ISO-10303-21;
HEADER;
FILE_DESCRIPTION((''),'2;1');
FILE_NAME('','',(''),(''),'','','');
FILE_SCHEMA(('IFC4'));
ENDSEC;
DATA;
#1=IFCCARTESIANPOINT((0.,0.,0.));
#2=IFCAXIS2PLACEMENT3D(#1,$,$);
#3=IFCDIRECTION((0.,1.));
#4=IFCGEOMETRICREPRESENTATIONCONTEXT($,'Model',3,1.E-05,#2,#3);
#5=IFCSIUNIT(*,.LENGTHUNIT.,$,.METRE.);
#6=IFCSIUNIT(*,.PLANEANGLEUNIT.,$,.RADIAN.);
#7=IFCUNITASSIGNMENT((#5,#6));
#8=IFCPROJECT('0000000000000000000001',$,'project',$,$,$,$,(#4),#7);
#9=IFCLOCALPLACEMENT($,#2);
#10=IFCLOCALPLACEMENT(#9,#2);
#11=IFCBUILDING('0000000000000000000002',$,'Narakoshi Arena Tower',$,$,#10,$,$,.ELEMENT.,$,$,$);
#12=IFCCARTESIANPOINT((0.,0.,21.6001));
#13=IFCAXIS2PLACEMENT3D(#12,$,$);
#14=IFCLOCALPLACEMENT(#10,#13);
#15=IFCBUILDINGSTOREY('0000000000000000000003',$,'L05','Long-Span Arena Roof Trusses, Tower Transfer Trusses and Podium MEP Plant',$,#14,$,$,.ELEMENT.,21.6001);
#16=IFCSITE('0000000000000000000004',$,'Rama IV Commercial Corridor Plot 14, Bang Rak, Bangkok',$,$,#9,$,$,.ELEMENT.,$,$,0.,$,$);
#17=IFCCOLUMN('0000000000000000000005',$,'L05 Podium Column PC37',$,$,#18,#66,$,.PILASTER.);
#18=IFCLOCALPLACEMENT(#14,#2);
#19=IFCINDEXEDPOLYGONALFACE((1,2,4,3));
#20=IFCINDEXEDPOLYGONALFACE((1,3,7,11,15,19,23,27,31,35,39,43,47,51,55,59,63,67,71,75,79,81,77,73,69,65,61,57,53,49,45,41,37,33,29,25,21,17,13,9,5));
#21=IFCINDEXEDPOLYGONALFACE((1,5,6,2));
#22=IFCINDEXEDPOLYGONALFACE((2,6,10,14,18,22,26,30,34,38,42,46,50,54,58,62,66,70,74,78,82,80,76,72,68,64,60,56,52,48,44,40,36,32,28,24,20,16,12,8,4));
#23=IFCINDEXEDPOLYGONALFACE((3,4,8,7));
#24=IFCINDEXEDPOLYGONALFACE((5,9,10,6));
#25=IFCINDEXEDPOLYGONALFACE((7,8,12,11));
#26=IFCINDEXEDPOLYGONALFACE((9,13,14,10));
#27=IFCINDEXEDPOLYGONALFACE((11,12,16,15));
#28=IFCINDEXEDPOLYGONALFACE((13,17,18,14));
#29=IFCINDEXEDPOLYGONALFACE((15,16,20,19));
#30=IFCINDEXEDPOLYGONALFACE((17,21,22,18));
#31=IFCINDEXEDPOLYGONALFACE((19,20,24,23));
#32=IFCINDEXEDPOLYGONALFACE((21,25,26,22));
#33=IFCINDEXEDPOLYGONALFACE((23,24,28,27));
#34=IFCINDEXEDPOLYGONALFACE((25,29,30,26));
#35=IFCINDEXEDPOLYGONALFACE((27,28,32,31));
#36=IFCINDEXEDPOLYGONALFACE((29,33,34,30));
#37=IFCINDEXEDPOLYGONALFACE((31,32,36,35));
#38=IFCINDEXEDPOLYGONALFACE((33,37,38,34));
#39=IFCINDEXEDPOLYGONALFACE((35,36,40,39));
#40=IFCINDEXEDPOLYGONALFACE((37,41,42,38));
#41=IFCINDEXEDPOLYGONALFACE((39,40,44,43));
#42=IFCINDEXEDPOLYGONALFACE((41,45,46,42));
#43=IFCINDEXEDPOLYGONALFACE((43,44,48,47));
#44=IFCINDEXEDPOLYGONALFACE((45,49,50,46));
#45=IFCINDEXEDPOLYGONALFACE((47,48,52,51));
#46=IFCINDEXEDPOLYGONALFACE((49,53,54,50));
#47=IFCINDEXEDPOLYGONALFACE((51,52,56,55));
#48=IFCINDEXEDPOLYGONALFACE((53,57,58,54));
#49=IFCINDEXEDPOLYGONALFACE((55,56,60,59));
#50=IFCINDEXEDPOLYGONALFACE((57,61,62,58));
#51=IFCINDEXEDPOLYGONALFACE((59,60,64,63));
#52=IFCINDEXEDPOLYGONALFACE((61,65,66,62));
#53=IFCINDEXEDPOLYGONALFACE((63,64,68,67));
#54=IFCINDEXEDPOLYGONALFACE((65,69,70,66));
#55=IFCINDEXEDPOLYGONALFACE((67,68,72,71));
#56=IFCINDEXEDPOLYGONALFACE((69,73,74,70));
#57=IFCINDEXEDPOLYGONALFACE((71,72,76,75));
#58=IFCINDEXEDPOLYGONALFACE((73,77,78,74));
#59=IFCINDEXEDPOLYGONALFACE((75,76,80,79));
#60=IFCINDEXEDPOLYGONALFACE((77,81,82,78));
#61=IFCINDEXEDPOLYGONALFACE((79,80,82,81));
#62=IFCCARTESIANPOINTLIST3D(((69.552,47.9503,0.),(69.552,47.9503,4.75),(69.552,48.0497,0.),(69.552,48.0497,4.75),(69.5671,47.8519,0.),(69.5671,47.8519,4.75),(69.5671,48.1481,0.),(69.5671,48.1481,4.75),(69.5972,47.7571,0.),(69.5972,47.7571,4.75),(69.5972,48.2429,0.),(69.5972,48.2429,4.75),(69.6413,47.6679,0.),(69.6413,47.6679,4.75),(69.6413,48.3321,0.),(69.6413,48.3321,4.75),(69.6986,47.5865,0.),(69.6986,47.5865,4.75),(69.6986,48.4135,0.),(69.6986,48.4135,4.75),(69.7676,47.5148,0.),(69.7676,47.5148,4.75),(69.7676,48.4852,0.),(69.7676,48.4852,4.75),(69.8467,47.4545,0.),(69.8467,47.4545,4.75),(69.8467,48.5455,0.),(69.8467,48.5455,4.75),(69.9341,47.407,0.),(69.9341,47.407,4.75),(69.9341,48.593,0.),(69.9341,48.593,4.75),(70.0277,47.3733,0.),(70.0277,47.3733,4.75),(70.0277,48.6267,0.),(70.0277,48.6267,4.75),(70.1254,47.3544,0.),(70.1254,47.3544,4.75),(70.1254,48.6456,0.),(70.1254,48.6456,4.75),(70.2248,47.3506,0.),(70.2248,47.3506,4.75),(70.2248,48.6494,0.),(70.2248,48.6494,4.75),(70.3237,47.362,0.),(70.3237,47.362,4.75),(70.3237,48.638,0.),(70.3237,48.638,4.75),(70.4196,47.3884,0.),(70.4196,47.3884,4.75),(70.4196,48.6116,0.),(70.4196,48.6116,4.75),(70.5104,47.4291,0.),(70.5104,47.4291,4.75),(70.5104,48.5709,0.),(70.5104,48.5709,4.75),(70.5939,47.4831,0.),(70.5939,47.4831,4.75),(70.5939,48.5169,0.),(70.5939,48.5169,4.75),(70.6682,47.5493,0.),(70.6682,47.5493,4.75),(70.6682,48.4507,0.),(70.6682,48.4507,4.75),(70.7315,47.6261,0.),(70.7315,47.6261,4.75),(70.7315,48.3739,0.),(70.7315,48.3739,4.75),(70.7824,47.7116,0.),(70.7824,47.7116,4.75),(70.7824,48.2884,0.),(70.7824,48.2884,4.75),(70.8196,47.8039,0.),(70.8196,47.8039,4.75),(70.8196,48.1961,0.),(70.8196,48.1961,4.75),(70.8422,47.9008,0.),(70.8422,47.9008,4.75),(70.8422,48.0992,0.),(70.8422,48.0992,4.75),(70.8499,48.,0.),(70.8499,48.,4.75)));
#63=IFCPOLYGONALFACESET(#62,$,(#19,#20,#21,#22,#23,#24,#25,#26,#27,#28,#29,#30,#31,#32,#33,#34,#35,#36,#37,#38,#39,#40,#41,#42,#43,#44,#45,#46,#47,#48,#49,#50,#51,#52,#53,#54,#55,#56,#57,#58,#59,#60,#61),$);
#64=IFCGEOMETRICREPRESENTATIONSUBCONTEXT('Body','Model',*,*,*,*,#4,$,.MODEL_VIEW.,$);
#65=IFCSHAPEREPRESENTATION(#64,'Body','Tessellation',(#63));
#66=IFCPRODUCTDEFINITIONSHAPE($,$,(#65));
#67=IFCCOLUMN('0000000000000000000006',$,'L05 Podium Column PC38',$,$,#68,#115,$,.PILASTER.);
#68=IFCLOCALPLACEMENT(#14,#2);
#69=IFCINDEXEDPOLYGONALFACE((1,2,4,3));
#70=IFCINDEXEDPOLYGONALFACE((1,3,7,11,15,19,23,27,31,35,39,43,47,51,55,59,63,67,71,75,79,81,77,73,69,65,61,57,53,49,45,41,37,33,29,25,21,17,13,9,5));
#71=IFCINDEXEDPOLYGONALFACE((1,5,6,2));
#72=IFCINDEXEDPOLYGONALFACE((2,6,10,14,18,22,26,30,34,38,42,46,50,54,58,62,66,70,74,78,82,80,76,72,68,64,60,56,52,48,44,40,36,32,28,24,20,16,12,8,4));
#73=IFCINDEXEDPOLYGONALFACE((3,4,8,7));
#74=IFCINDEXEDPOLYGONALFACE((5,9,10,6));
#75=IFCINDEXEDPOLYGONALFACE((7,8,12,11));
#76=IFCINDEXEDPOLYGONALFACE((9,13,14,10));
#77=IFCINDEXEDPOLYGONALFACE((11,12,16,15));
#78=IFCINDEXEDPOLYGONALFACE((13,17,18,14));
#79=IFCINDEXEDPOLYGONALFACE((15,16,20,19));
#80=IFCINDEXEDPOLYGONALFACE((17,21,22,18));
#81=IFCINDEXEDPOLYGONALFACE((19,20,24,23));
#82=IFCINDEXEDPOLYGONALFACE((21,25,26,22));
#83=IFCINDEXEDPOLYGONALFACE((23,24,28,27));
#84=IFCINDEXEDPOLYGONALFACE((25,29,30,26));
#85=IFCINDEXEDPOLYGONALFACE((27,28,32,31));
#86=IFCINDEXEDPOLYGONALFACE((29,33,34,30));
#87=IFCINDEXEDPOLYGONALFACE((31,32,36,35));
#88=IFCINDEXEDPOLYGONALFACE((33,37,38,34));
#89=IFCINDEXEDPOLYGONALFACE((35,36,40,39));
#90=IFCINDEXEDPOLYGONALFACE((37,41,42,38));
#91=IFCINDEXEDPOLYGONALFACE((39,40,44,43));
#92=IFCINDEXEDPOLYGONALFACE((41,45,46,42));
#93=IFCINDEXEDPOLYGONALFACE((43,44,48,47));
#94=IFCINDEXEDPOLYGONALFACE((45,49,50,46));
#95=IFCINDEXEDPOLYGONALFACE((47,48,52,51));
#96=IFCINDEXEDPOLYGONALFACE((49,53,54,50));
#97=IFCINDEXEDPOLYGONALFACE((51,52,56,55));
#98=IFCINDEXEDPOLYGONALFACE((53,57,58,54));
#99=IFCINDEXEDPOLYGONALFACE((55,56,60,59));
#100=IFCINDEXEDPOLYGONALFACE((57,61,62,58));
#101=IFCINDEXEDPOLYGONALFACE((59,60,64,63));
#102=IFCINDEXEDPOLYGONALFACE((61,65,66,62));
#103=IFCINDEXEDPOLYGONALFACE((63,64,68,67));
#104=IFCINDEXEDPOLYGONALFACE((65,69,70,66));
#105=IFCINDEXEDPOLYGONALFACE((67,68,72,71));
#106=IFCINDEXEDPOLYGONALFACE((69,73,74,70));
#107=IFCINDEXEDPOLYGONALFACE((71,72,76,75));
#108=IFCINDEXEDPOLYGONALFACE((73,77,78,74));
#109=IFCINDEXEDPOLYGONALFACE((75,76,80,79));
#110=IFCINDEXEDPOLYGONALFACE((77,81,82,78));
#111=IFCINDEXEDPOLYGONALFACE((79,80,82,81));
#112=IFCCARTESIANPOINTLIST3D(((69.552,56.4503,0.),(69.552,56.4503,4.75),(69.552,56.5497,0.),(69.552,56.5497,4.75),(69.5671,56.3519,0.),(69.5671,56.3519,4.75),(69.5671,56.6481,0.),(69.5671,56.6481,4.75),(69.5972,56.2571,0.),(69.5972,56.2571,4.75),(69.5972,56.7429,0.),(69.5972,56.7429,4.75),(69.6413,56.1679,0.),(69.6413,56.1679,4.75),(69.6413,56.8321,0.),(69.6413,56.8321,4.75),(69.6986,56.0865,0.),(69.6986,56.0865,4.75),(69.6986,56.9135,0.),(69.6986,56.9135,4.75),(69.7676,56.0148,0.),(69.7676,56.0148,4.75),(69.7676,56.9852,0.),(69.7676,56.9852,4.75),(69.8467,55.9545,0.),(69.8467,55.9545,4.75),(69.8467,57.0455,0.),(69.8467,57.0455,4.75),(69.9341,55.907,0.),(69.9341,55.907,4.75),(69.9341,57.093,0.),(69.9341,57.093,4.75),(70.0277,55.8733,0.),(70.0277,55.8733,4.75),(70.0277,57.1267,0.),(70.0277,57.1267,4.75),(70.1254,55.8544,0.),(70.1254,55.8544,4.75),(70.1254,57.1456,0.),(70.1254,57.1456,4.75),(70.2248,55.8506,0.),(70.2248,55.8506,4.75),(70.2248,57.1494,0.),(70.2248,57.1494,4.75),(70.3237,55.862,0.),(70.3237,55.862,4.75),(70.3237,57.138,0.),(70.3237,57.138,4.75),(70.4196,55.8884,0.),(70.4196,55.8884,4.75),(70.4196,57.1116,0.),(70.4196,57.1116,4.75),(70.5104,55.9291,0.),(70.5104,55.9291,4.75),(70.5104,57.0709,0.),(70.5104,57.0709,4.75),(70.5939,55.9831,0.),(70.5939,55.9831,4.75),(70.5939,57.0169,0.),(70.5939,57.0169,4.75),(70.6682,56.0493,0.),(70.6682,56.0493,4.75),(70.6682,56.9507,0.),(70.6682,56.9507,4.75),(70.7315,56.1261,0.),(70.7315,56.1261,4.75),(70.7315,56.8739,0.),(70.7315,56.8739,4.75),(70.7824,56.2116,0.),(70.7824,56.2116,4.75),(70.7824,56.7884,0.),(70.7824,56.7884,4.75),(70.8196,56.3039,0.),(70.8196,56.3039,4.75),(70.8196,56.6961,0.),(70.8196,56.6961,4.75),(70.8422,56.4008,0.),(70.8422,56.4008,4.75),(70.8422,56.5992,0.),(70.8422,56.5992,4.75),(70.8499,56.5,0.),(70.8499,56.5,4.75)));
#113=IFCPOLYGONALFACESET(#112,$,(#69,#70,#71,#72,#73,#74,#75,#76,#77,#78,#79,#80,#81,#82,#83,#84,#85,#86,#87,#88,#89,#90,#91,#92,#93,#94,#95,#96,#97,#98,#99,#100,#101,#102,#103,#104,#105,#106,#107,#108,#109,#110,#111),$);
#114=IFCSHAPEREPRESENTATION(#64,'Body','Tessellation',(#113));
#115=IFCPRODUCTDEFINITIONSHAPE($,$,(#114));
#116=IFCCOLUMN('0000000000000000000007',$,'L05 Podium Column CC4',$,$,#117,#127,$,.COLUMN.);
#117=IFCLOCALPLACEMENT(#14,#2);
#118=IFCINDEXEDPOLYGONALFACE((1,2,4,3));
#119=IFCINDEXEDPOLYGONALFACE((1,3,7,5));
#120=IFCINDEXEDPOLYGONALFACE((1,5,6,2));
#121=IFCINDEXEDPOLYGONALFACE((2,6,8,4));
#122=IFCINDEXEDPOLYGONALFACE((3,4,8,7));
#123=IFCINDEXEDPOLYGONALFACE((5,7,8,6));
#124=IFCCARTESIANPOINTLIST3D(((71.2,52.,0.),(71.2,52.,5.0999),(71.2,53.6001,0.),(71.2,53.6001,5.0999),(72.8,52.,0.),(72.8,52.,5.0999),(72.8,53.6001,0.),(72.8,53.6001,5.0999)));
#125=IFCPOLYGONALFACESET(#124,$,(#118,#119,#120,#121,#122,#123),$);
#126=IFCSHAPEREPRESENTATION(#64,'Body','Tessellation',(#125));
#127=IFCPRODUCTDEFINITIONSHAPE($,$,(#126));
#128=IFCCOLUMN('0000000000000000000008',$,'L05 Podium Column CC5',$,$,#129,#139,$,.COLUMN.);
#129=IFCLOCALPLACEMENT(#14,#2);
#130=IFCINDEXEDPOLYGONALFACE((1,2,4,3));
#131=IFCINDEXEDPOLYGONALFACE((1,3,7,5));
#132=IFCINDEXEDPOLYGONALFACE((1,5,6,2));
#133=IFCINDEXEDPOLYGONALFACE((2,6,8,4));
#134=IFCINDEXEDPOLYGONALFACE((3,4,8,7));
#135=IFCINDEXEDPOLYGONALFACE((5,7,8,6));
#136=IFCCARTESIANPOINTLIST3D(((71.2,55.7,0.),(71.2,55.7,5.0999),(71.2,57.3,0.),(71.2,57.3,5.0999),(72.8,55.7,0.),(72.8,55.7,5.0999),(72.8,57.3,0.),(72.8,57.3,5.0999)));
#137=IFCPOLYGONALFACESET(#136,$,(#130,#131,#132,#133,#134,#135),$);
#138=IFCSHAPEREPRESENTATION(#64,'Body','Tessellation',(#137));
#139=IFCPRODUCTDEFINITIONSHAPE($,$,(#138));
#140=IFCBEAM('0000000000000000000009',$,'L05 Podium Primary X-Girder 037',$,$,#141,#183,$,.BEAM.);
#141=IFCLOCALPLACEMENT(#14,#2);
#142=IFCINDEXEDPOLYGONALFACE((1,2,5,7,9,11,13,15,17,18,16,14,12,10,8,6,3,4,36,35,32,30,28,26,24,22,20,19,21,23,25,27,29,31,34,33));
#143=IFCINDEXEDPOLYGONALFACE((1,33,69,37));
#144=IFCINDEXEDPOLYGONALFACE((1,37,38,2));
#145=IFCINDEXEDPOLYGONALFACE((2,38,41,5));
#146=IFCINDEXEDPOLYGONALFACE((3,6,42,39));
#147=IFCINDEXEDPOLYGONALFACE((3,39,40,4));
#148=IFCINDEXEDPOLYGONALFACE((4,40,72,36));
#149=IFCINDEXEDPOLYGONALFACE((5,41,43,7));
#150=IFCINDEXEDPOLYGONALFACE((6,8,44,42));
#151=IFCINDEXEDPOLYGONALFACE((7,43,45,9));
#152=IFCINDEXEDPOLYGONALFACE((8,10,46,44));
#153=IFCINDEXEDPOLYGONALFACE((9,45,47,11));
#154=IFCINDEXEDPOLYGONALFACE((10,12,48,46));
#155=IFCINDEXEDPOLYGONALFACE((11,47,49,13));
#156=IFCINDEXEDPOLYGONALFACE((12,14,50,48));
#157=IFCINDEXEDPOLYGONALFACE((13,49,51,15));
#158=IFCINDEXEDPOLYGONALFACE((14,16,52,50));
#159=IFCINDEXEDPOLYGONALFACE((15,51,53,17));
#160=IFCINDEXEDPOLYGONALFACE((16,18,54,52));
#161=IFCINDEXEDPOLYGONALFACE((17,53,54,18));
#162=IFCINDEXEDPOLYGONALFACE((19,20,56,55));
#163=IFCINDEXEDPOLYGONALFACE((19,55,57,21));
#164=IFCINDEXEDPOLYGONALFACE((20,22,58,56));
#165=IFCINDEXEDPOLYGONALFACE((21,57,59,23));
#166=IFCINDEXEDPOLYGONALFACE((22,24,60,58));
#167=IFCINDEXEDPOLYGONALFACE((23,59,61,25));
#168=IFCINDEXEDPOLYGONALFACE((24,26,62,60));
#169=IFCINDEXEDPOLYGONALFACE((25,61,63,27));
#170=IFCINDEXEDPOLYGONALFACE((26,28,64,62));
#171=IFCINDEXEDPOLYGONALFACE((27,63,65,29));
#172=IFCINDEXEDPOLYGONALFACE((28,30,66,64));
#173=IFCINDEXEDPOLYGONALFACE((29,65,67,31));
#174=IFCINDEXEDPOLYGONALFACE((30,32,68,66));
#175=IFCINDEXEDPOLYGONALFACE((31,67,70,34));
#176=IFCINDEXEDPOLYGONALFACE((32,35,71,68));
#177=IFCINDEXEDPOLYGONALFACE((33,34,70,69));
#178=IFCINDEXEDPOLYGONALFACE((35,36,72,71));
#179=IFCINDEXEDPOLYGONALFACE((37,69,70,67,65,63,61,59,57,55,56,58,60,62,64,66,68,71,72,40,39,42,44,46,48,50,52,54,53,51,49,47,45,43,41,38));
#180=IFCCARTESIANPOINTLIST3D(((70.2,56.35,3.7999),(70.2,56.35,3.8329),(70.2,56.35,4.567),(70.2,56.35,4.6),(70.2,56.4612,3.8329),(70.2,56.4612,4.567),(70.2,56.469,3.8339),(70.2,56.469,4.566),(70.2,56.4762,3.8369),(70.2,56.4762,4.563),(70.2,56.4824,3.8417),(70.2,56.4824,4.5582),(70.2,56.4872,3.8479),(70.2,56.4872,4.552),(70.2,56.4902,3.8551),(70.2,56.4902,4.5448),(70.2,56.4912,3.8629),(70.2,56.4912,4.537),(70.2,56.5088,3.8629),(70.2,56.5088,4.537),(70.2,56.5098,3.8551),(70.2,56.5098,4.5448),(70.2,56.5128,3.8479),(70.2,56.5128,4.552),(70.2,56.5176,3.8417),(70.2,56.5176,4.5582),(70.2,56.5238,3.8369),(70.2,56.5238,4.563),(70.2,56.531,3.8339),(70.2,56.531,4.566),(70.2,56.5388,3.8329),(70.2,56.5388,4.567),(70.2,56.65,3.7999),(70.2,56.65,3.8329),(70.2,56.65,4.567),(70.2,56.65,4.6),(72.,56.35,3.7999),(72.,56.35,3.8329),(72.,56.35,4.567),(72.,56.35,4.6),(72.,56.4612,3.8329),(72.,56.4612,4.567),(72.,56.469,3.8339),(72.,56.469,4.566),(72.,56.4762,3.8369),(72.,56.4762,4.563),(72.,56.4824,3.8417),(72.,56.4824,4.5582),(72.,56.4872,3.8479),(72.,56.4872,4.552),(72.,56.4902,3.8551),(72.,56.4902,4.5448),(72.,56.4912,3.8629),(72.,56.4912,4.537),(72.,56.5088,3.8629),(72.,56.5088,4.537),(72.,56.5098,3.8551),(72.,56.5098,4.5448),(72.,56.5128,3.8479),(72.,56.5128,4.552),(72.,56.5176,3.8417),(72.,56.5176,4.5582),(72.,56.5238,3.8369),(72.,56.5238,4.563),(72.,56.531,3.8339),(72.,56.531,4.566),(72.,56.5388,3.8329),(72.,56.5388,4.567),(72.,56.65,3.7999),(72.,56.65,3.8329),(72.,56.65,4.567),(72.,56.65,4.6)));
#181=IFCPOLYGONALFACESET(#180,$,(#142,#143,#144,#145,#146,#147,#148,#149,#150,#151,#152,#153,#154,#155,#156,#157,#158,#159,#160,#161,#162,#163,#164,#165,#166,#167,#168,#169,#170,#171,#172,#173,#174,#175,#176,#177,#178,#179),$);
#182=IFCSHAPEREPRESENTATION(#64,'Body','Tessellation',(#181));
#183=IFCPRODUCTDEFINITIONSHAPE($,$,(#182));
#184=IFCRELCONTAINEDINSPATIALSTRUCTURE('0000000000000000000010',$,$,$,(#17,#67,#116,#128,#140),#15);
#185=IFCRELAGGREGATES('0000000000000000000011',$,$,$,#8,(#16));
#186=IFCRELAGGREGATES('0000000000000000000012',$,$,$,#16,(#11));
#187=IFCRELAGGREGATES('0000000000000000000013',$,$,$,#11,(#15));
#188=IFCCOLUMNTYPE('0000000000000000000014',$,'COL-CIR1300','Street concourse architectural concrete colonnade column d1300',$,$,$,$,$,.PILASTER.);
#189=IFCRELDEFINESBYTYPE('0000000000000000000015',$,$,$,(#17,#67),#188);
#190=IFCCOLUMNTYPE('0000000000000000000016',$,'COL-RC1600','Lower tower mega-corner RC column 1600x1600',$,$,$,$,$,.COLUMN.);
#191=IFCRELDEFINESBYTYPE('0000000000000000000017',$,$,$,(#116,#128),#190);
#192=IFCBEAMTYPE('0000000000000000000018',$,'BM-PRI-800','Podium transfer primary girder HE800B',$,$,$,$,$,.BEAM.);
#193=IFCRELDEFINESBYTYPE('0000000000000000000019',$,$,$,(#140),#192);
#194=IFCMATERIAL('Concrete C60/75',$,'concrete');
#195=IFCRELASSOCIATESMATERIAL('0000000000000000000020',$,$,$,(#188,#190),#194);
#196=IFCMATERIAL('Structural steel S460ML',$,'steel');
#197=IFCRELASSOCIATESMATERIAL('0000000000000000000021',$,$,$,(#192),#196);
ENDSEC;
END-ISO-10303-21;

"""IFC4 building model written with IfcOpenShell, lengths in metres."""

from ifc_helpers import new_model, si_unit, direction, frame, origin, origin_2d, place, context, subcontext, project, spatial, rectangle, circle, i_section, extrude, material, material_profile, profile_set, type_object, element, save


model = new_model("IFC4")

# Units and contexts
model_context = context("Model", 3, precision=1e-05, world=origin(), true_north=direction((0.0, 1.0)))
body_context = subcontext(model_context, "Body", "Model", "MODEL_VIEW")
ifc_project = project(units=[si_unit("LENGTHUNIT", "METRE"), si_unit("PLANEANGLEUNIT", "RADIAN")], contexts=[model_context])

# Site, building, storey
site_placement = place(None, origin())
site = spatial("IfcSite", under=ifc_project, at=site_placement, Name="Rama IV Commercial Corridor Plot 14, Bang Rak, Bangkok", CompositionType="ELEMENT", RefElevation=0.0)
building_placement = place(site_placement, origin())
building = spatial("IfcBuilding", under=site, at=building_placement, Name="Narakoshi Arena Tower", CompositionType="ELEMENT")
storey_placement = place(building_placement, frame((0.0, 0.0, 21.6001)))
storey = spatial("IfcBuildingStorey", under=building, at=storey_placement, Name="L05", Description="Long-Span Arena Roof Trusses, Tower Transfer Trusses and Podium MEP Plant", CompositionType="ELEMENT", Elevation=21.6001)

# Columns
ifc_material_1 = material(Name="Concrete C60/75", Category="concrete")
ifc_material_profile_1 = material_profile(ifc_material_1, circle(Radius=0.6499, at=origin_2d()), Name="RCC1300")
ifc_profile_set_1 = profile_set([ifc_material_profile_1], Name="Concrete C60/75")
column_type_1 = type_object("IfcColumnType", Name="COL-CIR1300", Description="Street concourse architectural concrete colonnade column d1300", PredefinedType="PILASTER", material=ifc_profile_set_1)
for number, where, z_axis, x_axis, name in (
    (1, (70.2, 48.0, 0.0), (0.0, 0.0, 1.0), (1.0, 0.0, 0.0), "L05 Podium Column PC37"),
    (2, (70.2, 56.5, 0.0), (0.0, 0.0, 1.0), (1.0, 0.0, 0.0), "L05 Podium Column PC38"),
):
    element("IfcColumn", number, at=place(storey_placement, frame(where, z_axis=z_axis, x_axis=x_axis)), inside=storey, type_object=column_type_1, Name=name, PredefinedType="PILASTER", context=body_context, shape_type="SweptSolid", body=[
        extrude(circle(Radius=0.6499, at=origin_2d()), origin(), (0.0, 0.0, 1.0), 4.75),
    ])
ifc_material_profile_2 = material_profile(ifc_material_1, rectangle(XDim=1.6001, YDim=1.6001, at=origin_2d()), Name="RC1600x1600")
ifc_profile_set_2 = profile_set([ifc_material_profile_2], Name="Concrete C60/75")
column_type_2 = type_object("IfcColumnType", Name="COL-RC1600", Description="Lower tower mega-corner RC column 1600x1600", PredefinedType="COLUMN", material=ifc_profile_set_2)
for number, where, z_axis, x_axis, name in (
    (3, (72.0, 52.8, 0.0), (0.0, 0.0, 1.0), (1.0, 0.0, 0.0), "L05 Podium Column CC4"),
    (4, (72.0, 56.5, 0.0), (0.0, 0.0, 1.0), (1.0, 0.0, 0.0), "L05 Podium Column CC5"),
):
    element("IfcColumn", number, at=place(storey_placement, frame(where, z_axis=z_axis, x_axis=x_axis)), inside=storey, type_object=column_type_2, Name=name, PredefinedType="COLUMN", context=body_context, shape_type="SweptSolid", body=[
        extrude(rectangle(XDim=1.6001, YDim=1.6001, at=origin_2d()), origin(), (0.0, 0.0, 1.0), 5.0999),
    ])

# Beam
ifc_material_2 = material(Name="Structural steel S460ML", Category="steel")
ifc_material_profile_3 = material_profile(ifc_material_2, i_section(OverallWidth=0.3, OverallDepth=0.8, WebThickness=0.0176, FlangeThickness=0.033, FilletRadius=0.03, at=origin_2d()), Name="HE800B")
ifc_profile_set_3 = profile_set([ifc_material_profile_3], Name="Structural steel S460ML")
beam_type_1 = type_object("IfcBeamType", Name="BM-PRI-800", Description="Podium transfer primary girder HE800B", PredefinedType="BEAM", material=ifc_profile_set_3)
beam_1_placement = place(storey_placement, frame((70.2, 56.5, 4.2), z_axis=(1.0, 0.0, 0.0), x_axis=(0.0, 1.0, 0.0)))
element("IfcBeam", 5, at=beam_1_placement, inside=storey, type_object=beam_type_1, Name="L05 Podium Primary X-Girder 037", PredefinedType="BEAM", context=body_context, shape_type="SweptSolid", body=[
    extrude(i_section(OverallWidth=0.3, OverallDepth=0.8, WebThickness=0.0176, FlangeThickness=0.033, FilletRadius=0.03, at=origin_2d()), origin(), (0.0, 0.0, 1.0), 1.8),
])

save(model, "model.ifc")
